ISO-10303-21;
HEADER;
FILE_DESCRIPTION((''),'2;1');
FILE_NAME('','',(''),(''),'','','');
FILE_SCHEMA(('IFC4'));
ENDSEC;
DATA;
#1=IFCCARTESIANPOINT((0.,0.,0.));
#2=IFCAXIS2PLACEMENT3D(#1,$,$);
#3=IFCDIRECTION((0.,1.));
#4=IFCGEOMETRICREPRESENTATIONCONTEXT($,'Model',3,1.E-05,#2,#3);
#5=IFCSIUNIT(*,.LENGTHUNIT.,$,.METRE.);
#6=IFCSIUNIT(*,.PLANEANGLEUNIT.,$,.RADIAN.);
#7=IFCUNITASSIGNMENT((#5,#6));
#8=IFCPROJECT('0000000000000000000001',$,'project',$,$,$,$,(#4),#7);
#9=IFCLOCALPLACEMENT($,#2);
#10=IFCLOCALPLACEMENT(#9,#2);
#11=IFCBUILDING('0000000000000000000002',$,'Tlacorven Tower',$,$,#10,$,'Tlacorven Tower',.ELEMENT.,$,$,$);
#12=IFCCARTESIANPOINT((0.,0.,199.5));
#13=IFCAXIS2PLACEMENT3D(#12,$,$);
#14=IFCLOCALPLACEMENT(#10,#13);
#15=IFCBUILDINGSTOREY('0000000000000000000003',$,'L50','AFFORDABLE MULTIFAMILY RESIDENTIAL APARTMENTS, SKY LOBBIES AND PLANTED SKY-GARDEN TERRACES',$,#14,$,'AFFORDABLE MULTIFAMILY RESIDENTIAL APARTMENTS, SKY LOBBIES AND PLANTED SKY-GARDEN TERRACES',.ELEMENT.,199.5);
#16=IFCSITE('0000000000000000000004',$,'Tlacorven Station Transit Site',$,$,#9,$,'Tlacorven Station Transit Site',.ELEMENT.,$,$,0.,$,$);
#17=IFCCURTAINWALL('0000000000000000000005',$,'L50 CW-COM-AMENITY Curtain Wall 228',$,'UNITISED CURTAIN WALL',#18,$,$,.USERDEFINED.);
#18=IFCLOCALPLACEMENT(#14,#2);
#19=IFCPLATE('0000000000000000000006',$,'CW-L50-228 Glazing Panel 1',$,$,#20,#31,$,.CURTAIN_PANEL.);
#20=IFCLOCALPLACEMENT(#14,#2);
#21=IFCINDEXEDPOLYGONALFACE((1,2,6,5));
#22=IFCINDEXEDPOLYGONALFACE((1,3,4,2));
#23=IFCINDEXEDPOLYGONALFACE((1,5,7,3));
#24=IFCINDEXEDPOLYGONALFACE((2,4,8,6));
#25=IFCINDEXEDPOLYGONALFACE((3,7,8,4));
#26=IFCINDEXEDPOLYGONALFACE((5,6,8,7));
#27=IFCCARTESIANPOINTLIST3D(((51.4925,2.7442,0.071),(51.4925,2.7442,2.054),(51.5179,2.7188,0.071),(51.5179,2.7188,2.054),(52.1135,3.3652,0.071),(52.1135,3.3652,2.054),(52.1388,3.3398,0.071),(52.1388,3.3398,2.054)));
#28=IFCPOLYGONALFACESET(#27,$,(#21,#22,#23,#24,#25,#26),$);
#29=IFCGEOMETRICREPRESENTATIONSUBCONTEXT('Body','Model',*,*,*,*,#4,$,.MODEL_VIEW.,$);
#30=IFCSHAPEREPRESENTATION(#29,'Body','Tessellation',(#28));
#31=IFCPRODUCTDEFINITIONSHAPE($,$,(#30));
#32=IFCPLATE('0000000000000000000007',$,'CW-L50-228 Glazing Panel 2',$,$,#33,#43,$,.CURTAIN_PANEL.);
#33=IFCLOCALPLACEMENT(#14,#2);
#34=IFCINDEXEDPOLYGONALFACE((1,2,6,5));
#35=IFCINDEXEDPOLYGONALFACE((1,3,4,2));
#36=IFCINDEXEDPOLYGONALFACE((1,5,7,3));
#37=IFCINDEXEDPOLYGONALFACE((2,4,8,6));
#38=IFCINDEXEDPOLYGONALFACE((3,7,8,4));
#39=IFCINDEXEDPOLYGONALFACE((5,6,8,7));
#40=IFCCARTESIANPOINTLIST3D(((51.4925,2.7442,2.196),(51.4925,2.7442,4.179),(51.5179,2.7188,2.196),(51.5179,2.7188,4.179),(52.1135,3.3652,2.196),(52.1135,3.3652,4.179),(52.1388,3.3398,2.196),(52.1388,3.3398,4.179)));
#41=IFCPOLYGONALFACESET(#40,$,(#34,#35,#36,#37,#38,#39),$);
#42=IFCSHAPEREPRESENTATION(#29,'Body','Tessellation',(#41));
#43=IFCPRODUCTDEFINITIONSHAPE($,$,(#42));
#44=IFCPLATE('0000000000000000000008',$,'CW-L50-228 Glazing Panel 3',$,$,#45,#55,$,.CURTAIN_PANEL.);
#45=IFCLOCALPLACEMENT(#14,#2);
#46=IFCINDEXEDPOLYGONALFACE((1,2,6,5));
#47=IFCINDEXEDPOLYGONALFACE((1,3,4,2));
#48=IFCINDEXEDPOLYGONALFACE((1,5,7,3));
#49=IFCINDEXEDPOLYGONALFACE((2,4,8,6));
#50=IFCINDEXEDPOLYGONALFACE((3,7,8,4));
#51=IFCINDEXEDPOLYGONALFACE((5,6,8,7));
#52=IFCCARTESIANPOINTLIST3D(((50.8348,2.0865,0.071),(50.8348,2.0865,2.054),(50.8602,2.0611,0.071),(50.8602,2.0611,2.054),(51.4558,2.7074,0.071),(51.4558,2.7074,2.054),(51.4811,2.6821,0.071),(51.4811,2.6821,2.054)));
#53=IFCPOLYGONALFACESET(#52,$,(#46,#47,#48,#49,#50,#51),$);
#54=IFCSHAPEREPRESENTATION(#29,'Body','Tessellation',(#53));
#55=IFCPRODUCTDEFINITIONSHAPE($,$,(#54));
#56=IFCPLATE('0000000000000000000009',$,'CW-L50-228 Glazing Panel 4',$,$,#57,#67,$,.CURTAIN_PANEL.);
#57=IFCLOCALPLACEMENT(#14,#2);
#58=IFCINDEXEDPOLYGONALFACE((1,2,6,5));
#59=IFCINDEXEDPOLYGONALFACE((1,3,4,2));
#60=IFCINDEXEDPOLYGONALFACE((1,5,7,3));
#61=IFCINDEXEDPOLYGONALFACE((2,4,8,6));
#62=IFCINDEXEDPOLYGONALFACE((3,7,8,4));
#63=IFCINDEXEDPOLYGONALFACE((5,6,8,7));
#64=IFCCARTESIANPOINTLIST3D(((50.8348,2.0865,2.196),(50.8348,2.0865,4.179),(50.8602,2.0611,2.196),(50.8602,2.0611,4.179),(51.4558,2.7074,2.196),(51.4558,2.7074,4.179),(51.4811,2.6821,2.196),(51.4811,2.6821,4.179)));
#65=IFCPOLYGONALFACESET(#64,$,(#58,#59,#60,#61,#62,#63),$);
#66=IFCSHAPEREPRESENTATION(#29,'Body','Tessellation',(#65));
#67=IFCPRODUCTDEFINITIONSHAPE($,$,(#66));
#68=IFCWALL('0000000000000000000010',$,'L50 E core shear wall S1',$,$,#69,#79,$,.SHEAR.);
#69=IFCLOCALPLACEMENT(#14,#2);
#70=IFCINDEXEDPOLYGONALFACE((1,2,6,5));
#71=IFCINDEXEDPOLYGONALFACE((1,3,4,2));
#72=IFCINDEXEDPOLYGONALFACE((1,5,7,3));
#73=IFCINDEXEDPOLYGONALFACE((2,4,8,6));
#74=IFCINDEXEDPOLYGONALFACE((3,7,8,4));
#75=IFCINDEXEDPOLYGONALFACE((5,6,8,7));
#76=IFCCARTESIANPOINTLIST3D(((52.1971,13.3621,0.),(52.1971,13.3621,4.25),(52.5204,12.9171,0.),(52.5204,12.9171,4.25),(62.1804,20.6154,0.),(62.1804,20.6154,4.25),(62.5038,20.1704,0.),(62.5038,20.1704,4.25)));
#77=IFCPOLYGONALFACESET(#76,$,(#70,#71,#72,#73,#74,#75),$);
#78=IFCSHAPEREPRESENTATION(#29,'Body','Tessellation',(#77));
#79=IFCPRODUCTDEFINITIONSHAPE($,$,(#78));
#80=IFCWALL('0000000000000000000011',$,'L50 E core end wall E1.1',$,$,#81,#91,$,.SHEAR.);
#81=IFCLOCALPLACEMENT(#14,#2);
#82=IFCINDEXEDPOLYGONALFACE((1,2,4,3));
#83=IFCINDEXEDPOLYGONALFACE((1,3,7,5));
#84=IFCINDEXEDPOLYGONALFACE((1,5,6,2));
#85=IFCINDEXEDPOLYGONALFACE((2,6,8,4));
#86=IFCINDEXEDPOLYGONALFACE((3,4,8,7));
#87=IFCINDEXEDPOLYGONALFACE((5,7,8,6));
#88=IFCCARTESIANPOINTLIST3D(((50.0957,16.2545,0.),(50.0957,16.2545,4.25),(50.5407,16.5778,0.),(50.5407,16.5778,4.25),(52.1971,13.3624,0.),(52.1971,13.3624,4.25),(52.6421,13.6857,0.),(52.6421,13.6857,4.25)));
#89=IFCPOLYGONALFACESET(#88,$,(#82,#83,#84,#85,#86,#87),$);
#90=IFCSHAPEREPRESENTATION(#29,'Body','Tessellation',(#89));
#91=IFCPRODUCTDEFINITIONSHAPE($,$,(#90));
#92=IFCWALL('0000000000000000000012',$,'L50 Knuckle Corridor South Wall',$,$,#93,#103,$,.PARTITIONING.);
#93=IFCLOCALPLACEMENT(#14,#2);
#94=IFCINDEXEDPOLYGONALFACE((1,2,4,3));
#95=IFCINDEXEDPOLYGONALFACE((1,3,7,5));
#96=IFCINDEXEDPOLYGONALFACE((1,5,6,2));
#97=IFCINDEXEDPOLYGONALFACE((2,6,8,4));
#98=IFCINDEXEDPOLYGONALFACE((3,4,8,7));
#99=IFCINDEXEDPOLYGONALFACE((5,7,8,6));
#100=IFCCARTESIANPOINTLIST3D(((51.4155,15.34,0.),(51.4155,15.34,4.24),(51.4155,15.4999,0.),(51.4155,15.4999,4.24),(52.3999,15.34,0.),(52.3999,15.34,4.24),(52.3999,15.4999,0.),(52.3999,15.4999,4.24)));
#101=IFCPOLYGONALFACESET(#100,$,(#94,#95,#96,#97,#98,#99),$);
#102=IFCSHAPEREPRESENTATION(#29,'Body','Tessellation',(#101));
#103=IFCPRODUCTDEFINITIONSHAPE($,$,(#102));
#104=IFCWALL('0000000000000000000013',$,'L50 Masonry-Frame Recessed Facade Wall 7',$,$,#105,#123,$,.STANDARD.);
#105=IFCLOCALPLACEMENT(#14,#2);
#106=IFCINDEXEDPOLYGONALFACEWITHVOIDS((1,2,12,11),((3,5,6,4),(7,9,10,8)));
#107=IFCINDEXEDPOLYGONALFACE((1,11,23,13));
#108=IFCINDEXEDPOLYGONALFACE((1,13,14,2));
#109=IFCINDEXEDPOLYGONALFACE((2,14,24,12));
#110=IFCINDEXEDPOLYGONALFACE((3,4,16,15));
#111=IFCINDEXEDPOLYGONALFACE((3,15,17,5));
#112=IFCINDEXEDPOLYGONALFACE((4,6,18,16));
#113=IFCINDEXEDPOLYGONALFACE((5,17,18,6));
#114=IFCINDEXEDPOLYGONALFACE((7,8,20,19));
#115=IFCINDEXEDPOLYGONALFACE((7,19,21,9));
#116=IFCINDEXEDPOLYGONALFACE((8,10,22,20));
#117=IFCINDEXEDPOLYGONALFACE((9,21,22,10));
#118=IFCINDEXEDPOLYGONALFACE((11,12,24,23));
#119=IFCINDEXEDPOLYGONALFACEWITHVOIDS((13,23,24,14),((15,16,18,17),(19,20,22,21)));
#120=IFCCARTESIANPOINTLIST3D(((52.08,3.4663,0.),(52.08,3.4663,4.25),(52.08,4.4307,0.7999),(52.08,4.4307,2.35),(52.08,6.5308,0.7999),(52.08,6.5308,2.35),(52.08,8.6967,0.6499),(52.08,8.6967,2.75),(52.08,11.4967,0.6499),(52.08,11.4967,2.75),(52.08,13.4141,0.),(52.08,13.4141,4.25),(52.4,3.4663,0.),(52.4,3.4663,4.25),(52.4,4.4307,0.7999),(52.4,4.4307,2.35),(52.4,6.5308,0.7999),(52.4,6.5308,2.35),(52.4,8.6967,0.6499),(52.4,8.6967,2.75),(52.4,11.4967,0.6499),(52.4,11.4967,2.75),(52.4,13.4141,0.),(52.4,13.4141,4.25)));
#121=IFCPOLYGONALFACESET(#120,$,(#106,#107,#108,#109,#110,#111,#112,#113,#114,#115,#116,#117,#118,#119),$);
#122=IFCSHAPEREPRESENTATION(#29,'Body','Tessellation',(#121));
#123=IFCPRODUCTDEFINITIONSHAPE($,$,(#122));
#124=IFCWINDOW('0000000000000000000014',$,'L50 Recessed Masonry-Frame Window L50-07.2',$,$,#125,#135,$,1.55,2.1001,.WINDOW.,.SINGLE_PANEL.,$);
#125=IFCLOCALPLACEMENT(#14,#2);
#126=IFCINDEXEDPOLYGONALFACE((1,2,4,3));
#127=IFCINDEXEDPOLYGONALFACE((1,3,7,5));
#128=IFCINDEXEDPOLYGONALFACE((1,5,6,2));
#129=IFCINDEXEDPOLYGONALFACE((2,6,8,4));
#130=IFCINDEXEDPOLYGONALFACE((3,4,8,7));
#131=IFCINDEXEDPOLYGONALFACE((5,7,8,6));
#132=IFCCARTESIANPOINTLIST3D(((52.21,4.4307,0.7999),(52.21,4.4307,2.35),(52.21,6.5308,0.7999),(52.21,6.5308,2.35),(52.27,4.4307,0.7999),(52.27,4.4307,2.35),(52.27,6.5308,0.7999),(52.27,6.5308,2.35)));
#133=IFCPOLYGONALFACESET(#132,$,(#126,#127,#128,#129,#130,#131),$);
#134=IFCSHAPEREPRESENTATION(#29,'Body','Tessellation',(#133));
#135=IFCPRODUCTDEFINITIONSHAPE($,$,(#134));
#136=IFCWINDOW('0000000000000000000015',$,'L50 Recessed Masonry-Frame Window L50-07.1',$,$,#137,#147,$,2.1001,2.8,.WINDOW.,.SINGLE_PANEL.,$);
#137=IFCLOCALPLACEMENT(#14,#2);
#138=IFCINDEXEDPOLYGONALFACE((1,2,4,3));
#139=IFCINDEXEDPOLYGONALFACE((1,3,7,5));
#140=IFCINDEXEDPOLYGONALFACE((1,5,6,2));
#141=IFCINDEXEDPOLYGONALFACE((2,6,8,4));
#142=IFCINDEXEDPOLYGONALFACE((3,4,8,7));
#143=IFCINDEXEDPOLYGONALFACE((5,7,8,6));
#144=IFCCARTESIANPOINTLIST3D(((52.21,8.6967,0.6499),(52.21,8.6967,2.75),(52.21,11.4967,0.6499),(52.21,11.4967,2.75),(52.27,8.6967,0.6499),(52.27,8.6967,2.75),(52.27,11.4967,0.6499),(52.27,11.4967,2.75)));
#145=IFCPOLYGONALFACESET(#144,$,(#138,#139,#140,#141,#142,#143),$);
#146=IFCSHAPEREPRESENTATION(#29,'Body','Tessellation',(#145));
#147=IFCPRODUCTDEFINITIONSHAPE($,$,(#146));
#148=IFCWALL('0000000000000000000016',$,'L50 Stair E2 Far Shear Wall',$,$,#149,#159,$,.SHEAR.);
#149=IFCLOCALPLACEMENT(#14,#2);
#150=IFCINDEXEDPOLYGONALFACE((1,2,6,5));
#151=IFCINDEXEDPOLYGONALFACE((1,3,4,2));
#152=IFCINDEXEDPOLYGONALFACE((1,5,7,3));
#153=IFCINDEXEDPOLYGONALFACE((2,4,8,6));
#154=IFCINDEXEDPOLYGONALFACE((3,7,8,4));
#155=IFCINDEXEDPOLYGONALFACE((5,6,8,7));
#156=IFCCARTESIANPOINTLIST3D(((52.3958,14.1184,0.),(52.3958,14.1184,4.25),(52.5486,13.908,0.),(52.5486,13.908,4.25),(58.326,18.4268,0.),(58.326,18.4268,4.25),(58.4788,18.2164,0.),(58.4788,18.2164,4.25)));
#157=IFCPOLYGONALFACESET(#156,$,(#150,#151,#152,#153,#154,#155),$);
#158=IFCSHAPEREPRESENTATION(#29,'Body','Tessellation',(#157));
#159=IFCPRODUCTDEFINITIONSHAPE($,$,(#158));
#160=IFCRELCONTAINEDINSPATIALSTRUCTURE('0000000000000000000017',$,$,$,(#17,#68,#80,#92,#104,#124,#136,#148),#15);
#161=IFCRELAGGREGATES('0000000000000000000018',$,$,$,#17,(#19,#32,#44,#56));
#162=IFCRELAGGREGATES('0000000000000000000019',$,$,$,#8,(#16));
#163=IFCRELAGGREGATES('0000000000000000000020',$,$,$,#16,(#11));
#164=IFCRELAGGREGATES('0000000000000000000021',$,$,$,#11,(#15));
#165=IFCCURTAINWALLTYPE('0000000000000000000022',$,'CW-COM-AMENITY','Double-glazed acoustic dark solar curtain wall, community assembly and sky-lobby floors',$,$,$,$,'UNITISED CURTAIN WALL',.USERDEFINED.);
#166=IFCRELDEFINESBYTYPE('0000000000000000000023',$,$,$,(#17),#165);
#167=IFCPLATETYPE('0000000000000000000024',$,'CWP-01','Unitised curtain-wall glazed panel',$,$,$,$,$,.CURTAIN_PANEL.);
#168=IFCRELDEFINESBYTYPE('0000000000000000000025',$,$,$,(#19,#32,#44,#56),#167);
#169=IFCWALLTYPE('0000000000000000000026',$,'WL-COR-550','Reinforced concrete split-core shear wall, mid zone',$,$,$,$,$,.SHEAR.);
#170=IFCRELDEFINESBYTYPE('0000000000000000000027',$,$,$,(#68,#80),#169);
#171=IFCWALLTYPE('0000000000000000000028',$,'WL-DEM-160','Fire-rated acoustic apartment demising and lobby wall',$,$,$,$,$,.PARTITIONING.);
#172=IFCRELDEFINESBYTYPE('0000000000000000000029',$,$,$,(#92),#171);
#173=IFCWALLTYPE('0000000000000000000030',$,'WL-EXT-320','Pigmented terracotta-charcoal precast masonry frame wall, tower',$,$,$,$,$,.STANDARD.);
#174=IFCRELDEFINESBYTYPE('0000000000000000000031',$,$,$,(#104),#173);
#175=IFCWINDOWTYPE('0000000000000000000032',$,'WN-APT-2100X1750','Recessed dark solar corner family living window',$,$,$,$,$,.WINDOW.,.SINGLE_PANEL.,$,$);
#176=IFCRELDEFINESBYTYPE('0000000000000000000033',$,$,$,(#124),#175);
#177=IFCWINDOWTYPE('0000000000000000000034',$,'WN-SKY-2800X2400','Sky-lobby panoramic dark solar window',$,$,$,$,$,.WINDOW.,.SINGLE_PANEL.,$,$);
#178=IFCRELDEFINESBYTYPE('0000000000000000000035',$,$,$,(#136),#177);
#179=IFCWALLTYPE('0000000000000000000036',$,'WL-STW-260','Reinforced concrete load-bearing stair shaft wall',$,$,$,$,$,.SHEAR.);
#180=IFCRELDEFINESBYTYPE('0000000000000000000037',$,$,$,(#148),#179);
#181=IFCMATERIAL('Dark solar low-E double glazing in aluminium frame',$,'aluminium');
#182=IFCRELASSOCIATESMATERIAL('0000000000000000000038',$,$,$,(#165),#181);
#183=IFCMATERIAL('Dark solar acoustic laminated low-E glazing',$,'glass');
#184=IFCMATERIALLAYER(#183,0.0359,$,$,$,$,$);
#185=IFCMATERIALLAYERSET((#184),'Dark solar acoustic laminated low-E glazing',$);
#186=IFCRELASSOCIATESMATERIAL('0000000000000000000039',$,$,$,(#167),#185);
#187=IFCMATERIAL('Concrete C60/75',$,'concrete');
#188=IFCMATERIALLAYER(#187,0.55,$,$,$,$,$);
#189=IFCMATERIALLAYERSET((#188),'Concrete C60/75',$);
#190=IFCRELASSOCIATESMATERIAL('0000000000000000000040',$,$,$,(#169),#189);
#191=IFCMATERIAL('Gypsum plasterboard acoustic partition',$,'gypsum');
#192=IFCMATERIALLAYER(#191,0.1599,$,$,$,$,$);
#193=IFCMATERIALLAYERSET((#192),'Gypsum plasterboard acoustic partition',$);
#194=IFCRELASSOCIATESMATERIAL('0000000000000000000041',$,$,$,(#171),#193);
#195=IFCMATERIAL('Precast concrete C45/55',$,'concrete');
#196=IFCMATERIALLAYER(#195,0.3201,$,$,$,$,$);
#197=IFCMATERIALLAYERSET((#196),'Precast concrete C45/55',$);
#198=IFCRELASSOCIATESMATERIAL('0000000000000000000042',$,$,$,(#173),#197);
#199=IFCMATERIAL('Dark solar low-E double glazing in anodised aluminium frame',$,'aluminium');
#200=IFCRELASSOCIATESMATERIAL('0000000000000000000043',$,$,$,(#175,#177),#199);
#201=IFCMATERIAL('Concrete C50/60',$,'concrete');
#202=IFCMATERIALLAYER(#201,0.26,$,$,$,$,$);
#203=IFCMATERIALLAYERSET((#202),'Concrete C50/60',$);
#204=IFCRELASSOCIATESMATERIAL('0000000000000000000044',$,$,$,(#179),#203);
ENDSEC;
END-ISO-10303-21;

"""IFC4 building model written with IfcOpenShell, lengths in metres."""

from ifc_helpers import new_model, si_unit, direction, frame, frame_2d, origin, origin_2d, place, context, subcontext, project, spatial, rectangle, extrude, source, transform, mapped, material, layer, layer_set, type_object, element, fill, aggregate, save


model = new_model("IFC4")

# Units and contexts
model_context = context("Model", 3, precision=1e-05, world=origin(), true_north=direction((0.0, 1.0)))
body_context = subcontext(model_context, "Body", "Model", "MODEL_VIEW")
ifc_project = project(units=[si_unit("LENGTHUNIT", "METRE"), si_unit("PLANEANGLEUNIT", "RADIAN")], contexts=[model_context])

# Site, building, storey
site_placement = place(None, origin())
site = spatial("IfcSite", under=ifc_project, at=site_placement, Name="Tlacorven Station Transit Site", LongName="Tlacorven Station Transit Site", CompositionType="ELEMENT", RefElevation=0.0)
building_placement = place(site_placement, origin())
building = spatial("IfcBuilding", under=site, at=building_placement, Name="Tlacorven Tower", LongName="Tlacorven Tower", CompositionType="ELEMENT")
storey_placement = place(building_placement, frame((0.0, 0.0, 199.5)))
storey = spatial("IfcBuildingStorey", under=building, at=storey_placement, Name="L50", Description="AFFORDABLE MULTIFAMILY RESIDENTIAL APARTMENTS, SKY LOBBIES AND PLANTED SKY-GARDEN TERRACES", LongName="AFFORDABLE MULTIFAMILY RESIDENTIAL APARTMENTS, SKY LOBBIES AND PLANTED SKY-GARDEN TERRACES", CompositionType="ELEMENT", Elevation=199.5)

# Curtain wall, plates
ifc_material_1 = material(Name="Dark solar low-E double glazing in aluminium frame", Category="aluminium")
curtain_wall_type = type_object("IfcCurtainWallType", Name="CW-COM-AMENITY", Description="Double-glazed acoustic dark solar curtain wall, community assembly and sky-lobby floors", ElementType="UNITISED CURTAIN WALL", PredefinedType="USERDEFINED", material=ifc_material_1)
curtain_wall_placement = place(storey_placement, origin())
curtain_wall = element("IfcCurtainWall", 1, at=curtain_wall_placement, inside=storey, type_object=curtain_wall_type, Name="L50 CW-COM-AMENITY Curtain Wall 228", ObjectType="UNITISED CURTAIN WALL", PredefinedType="USERDEFINED")
ifc_material_2 = material(Name="Dark solar acoustic laminated low-E glazing", Category="glass")
ifc_layer_1 = layer(ifc_material_2, 0.0359)
ifc_layer_set_1 = layer_set([ifc_layer_1], Name="Dark solar acoustic laminated low-E glazing")
plate_type = type_object("IfcPlateType", Name="CWP-01", Description="Unitised curtain-wall glazed panel", PredefinedType="CURTAIN_PANEL", material=ifc_layer_set_1)
shared_shape_1 = source(origin(), body_context, "Body", "SweptSolid", [
    extrude(rectangle(XDim=0.8782, YDim=0.0359, at=origin_2d()), origin(), (0.0, 0.0, 1.0), 1.9829),
])
plate_1_placement = place(storey_placement, frame((51.8157, 3.042, 0.071), z_axis=(0.0, 0.0, 1.0), x_axis=(-0.707107, -0.707107, 0.0)))
plate_1 = element("IfcPlate", 2, at=plate_1_placement, type_object=plate_type, Name="CW-L50-228 Glazing Panel 1", PredefinedType="CURTAIN_PANEL", context=body_context, shape_type="MappedRepresentation", body=[
    mapped(shared_shape_1, transform((0.0, 0.0, 0.0), scale=1.0)),
])
plate_2_placement = place(storey_placement, frame((51.8157, 3.042, 2.196), z_axis=(0.0, 0.0, 1.0), x_axis=(-0.707107, -0.707107, 0.0)))
plate_2 = element("IfcPlate", 3, at=plate_2_placement, type_object=plate_type, Name="CW-L50-228 Glazing Panel 2", PredefinedType="CURTAIN_PANEL", context=body_context, shape_type="MappedRepresentation", body=[
    mapped(shared_shape_1, transform((0.0, 0.0, 0.0), scale=1.0)),
])
plate_3_placement = place(storey_placement, frame((51.158, 2.3843, 0.071), z_axis=(0.0, 0.0, 1.0), x_axis=(-0.707107, -0.707107, 0.0)))
plate_3 = element("IfcPlate", 4, at=plate_3_placement, type_object=plate_type, Name="CW-L50-228 Glazing Panel 3", PredefinedType="CURTAIN_PANEL", context=body_context, shape_type="MappedRepresentation", body=[
    mapped(shared_shape_1, transform((0.0, 0.0, 0.0), scale=1.0)),
])
plate_4_placement = place(storey_placement, frame((51.158, 2.3843, 2.196), z_axis=(0.0, 0.0, 1.0), x_axis=(-0.707107, -0.707107, 0.0)))
plate_4 = element("IfcPlate", 5, at=plate_4_placement, type_object=plate_type, Name="CW-L50-228 Glazing Panel 4", PredefinedType="CURTAIN_PANEL", context=body_context, shape_type="MappedRepresentation", body=[
    mapped(shared_shape_1, transform((0.0, 0.0, 0.0), scale=1.0)),
])
aggregate(curtain_wall, [plate_1, plate_2, plate_3, plate_4])

# Walls
ifc_material_3 = material(Name="Concrete C60/75", Category="concrete")
ifc_layer_2 = layer(ifc_material_3, 0.55)
ifc_layer_set_2 = layer_set([ifc_layer_2], Name="Concrete C60/75")
wall_type_1 = type_object("IfcWallType", Name="WL-COR-550", Description="Reinforced concrete split-core shear wall, mid zone", PredefinedType="SHEAR", material=ifc_layer_set_2)
wall_1_placement = place(storey_placement, frame((52.3589, 13.1396, 0.0), z_axis=(0.0, 0.0, 1.0), x_axis=(0.809015, 0.587788, 0.0)))
element("IfcWall", 6, at=wall_1_placement, inside=storey, type_object=wall_type_1, Name="L50 E core shear wall S1", PredefinedType="SHEAR", context=body_context, shape_type="SweptSolid", body=[
    extrude(rectangle(XDim=12.3401, YDim=0.55, at=frame_2d((6.1699, 0.0))), origin(), (0.0, 0.0, 1.0), 4.25),
])
wall_2_placement = place(storey_placement, frame((52.4197, 13.5239, 0.0), z_axis=(0.0, 0.0, 1.0), x_axis=(-0.587802, 0.809005, 0.0)))
element("IfcWall", 7, at=wall_2_placement, inside=storey, type_object=wall_type_1, Name="L50 E core end wall E1.1", PredefinedType="SHEAR", context=body_context, shape_type="SweptSolid", body=[
    extrude(rectangle(XDim=3.575, YDim=0.55, at=frame_2d((1.7876, 0.0))), origin(), (0.0, 0.0, 1.0), 4.25),
])
ifc_material_4 = material(Name="Gypsum plasterboard acoustic partition", Category="gypsum")
ifc_layer_3 = layer(ifc_material_4, 0.1599)
ifc_layer_set_3 = layer_set([ifc_layer_3], Name="Gypsum plasterboard acoustic partition")
wall_type_2 = type_object("IfcWallType", Name="WL-DEM-160", Description="Fire-rated acoustic apartment demising and lobby wall", PredefinedType="PARTITIONING", material=ifc_layer_set_3)
wall_3_placement = place(storey_placement, frame((51.4155, 15.4199, 0.0), z_axis=(0.0, 0.0, 1.0), x_axis=(1.0, 0.0, 0.0)))
element("IfcWall", 8, at=wall_3_placement, inside=storey, type_object=wall_type_2, Name="L50 Knuckle Corridor South Wall", PredefinedType="PARTITIONING", context=body_context, shape_type="SweptSolid", body=[
    extrude(rectangle(XDim=0.9844, YDim=0.1599, at=frame_2d((0.4922, 0.0))), origin(), (0.0, 0.0, 1.0), 4.24),
])

# Wall, openings, windows
ifc_material_5 = material(Name="Precast concrete C45/55", Category="concrete")
ifc_layer_4 = layer(ifc_material_5, 0.3201)
ifc_layer_set_4 = layer_set([ifc_layer_4], Name="Precast concrete C45/55")
wall_type_3 = type_object("IfcWallType", Name="WL-EXT-320", Description="Pigmented terracotta-charcoal precast masonry frame wall, tower", PredefinedType="STANDARD", material=ifc_layer_set_4)
wall_4_placement = place(storey_placement, frame((52.24, 13.4141, 0.0), z_axis=(0.0, 0.0, 1.0), x_axis=(0.0, -1.0, 0.0)))
wall_4 = element("IfcWall", 9, at=wall_4_placement, inside=storey, type_object=wall_type_3, Name="L50 Masonry-Frame Recessed Facade Wall 7", PredefinedType="STANDARD", context=body_context, shape_type="SweptSolid", body=[
    extrude(rectangle(XDim=9.9478, YDim=0.3201, at=frame_2d((4.9739, 0.0))), origin(), (0.0, 0.0, 1.0), 4.25),
])
opening_1_placement = place(wall_4_placement, frame((1.9175, 0.0, 0.6499)))
opening_1 = element("IfcOpeningElement", 10, at=opening_1_placement, cuts=wall_4, PredefinedType="OPENING", context=body_context, shape_type="SweptSolid", body=[
    extrude(rectangle(XDim=2.8, YDim=2.1001, at=frame_2d((1.3999, 1.05))), frame((0.0, 0.1699, 0.0), z_axis=(0.0, -1.0, 0.0), x_axis=(1.0, 0.0, 0.0)), (0.0, 0.0, 1.0), 0.3401),
])
opening_2_placement = place(wall_4_placement, frame((6.8833, 0.0, 0.8)))
opening_2 = element("IfcOpeningElement", 11, at=opening_2_placement, cuts=wall_4, PredefinedType="OPENING", context=body_context, shape_type="SweptSolid", body=[
    extrude(rectangle(XDim=2.1001, YDim=1.55, at=frame_2d((1.05, 0.7749))), frame((0.0, 0.1699, 0.0), z_axis=(0.0, -1.0, 0.0), x_axis=(1.0, 0.0, 0.0)), (0.0, 0.0, 1.0), 0.3401),
])
ifc_material_6 = material(Name="Dark solar low-E double glazing in anodised aluminium frame", Category="aluminium")
window_type_1 = type_object("IfcWindowType", Name="WN-APT-2100X1750", Description="Recessed dark solar corner family living window", PartitioningType="SINGLE_PANEL", PredefinedType="WINDOW", material=ifc_material_6)
shared_shape_2 = source(origin(), body_context, "Body", "SweptSolid", [
    extrude(rectangle(XDim=2.1001, YDim=1.55, at=frame_2d((1.05, 0.7749))), frame((0.0, 0.03, 0.0), z_axis=(0.0, -1.0, 0.0), x_axis=(1.0, 0.0, 0.0)), (0.0, 0.0, 1.0), 0.0601),
])
window_1_placement = place(opening_2_placement, origin())
window_1 = element("IfcWindow", 12, at=window_1_placement, inside=storey, type_object=window_type_1, Name="L50 Recessed Masonry-Frame Window L50-07.2", OverallHeight=1.55, OverallWidth=2.1001, PartitioningType="SINGLE_PANEL", PredefinedType="WINDOW", context=body_context, shape_type="MappedRepresentation", body=[
    mapped(shared_shape_2, transform((0.0, 0.0, 0.0), scale=1.0)),
])
fill(opening_2, window_1)
window_type_2 = type_object("IfcWindowType", Name="WN-SKY-2800X2400", Description="Sky-lobby panoramic dark solar window", PartitioningType="SINGLE_PANEL", PredefinedType="WINDOW", material=ifc_material_6)
shared_shape_3 = source(origin(), body_context, "Body", "SweptSolid", [
    extrude(rectangle(XDim=2.8, YDim=2.1001, at=frame_2d((1.3999, 1.05))), frame((0.0, 0.03, 0.0), z_axis=(0.0, -1.0, 0.0), x_axis=(1.0, 0.0, 0.0)), (0.0, 0.0, 1.0), 0.0601),
])
window_2_placement = place(opening_1_placement, origin())
window_2 = element("IfcWindow", 13, at=window_2_placement, inside=storey, type_object=window_type_2, Name="L50 Recessed Masonry-Frame Window L50-07.1", OverallHeight=2.1001, OverallWidth=2.8, PartitioningType="SINGLE_PANEL", PredefinedType="WINDOW", context=body_context, shape_type="MappedRepresentation", body=[
    mapped(shared_shape_3, transform((0.0, 0.0, 0.0), scale=1.0)),
])
fill(opening_1, window_2)

# Wall
ifc_material_7 = material(Name="Concrete C50/60", Category="concrete")
ifc_layer_5 = layer(ifc_material_7, 0.26)
ifc_layer_set_5 = layer_set([ifc_layer_5], Name="Concrete C50/60")
wall_type_4 = type_object("IfcWallType", Name="WL-STW-260", Description="Reinforced concrete load-bearing stair shaft wall", PredefinedType="SHEAR", material=ifc_layer_set_5)
wall_5_placement = place(storey_placement, frame((52.4722, 14.0132, 0.0), z_axis=(0.0, 0.0, 1.0), x_axis=(0.809028, 0.58777, 0.0)))
element("IfcWall", 14, at=wall_5_placement, inside=storey, type_object=wall_type_4, Name="L50 Stair E2 Far Shear Wall", PredefinedType="SHEAR", context=body_context, shape_type="SweptSolid", body=[
    extrude(rectangle(XDim=7.3301, YDim=0.26, at=frame_2d((3.665, 0.0))), origin(), (0.0, 0.0, 1.0), 4.25),
])

save(model, "model.ifc")
